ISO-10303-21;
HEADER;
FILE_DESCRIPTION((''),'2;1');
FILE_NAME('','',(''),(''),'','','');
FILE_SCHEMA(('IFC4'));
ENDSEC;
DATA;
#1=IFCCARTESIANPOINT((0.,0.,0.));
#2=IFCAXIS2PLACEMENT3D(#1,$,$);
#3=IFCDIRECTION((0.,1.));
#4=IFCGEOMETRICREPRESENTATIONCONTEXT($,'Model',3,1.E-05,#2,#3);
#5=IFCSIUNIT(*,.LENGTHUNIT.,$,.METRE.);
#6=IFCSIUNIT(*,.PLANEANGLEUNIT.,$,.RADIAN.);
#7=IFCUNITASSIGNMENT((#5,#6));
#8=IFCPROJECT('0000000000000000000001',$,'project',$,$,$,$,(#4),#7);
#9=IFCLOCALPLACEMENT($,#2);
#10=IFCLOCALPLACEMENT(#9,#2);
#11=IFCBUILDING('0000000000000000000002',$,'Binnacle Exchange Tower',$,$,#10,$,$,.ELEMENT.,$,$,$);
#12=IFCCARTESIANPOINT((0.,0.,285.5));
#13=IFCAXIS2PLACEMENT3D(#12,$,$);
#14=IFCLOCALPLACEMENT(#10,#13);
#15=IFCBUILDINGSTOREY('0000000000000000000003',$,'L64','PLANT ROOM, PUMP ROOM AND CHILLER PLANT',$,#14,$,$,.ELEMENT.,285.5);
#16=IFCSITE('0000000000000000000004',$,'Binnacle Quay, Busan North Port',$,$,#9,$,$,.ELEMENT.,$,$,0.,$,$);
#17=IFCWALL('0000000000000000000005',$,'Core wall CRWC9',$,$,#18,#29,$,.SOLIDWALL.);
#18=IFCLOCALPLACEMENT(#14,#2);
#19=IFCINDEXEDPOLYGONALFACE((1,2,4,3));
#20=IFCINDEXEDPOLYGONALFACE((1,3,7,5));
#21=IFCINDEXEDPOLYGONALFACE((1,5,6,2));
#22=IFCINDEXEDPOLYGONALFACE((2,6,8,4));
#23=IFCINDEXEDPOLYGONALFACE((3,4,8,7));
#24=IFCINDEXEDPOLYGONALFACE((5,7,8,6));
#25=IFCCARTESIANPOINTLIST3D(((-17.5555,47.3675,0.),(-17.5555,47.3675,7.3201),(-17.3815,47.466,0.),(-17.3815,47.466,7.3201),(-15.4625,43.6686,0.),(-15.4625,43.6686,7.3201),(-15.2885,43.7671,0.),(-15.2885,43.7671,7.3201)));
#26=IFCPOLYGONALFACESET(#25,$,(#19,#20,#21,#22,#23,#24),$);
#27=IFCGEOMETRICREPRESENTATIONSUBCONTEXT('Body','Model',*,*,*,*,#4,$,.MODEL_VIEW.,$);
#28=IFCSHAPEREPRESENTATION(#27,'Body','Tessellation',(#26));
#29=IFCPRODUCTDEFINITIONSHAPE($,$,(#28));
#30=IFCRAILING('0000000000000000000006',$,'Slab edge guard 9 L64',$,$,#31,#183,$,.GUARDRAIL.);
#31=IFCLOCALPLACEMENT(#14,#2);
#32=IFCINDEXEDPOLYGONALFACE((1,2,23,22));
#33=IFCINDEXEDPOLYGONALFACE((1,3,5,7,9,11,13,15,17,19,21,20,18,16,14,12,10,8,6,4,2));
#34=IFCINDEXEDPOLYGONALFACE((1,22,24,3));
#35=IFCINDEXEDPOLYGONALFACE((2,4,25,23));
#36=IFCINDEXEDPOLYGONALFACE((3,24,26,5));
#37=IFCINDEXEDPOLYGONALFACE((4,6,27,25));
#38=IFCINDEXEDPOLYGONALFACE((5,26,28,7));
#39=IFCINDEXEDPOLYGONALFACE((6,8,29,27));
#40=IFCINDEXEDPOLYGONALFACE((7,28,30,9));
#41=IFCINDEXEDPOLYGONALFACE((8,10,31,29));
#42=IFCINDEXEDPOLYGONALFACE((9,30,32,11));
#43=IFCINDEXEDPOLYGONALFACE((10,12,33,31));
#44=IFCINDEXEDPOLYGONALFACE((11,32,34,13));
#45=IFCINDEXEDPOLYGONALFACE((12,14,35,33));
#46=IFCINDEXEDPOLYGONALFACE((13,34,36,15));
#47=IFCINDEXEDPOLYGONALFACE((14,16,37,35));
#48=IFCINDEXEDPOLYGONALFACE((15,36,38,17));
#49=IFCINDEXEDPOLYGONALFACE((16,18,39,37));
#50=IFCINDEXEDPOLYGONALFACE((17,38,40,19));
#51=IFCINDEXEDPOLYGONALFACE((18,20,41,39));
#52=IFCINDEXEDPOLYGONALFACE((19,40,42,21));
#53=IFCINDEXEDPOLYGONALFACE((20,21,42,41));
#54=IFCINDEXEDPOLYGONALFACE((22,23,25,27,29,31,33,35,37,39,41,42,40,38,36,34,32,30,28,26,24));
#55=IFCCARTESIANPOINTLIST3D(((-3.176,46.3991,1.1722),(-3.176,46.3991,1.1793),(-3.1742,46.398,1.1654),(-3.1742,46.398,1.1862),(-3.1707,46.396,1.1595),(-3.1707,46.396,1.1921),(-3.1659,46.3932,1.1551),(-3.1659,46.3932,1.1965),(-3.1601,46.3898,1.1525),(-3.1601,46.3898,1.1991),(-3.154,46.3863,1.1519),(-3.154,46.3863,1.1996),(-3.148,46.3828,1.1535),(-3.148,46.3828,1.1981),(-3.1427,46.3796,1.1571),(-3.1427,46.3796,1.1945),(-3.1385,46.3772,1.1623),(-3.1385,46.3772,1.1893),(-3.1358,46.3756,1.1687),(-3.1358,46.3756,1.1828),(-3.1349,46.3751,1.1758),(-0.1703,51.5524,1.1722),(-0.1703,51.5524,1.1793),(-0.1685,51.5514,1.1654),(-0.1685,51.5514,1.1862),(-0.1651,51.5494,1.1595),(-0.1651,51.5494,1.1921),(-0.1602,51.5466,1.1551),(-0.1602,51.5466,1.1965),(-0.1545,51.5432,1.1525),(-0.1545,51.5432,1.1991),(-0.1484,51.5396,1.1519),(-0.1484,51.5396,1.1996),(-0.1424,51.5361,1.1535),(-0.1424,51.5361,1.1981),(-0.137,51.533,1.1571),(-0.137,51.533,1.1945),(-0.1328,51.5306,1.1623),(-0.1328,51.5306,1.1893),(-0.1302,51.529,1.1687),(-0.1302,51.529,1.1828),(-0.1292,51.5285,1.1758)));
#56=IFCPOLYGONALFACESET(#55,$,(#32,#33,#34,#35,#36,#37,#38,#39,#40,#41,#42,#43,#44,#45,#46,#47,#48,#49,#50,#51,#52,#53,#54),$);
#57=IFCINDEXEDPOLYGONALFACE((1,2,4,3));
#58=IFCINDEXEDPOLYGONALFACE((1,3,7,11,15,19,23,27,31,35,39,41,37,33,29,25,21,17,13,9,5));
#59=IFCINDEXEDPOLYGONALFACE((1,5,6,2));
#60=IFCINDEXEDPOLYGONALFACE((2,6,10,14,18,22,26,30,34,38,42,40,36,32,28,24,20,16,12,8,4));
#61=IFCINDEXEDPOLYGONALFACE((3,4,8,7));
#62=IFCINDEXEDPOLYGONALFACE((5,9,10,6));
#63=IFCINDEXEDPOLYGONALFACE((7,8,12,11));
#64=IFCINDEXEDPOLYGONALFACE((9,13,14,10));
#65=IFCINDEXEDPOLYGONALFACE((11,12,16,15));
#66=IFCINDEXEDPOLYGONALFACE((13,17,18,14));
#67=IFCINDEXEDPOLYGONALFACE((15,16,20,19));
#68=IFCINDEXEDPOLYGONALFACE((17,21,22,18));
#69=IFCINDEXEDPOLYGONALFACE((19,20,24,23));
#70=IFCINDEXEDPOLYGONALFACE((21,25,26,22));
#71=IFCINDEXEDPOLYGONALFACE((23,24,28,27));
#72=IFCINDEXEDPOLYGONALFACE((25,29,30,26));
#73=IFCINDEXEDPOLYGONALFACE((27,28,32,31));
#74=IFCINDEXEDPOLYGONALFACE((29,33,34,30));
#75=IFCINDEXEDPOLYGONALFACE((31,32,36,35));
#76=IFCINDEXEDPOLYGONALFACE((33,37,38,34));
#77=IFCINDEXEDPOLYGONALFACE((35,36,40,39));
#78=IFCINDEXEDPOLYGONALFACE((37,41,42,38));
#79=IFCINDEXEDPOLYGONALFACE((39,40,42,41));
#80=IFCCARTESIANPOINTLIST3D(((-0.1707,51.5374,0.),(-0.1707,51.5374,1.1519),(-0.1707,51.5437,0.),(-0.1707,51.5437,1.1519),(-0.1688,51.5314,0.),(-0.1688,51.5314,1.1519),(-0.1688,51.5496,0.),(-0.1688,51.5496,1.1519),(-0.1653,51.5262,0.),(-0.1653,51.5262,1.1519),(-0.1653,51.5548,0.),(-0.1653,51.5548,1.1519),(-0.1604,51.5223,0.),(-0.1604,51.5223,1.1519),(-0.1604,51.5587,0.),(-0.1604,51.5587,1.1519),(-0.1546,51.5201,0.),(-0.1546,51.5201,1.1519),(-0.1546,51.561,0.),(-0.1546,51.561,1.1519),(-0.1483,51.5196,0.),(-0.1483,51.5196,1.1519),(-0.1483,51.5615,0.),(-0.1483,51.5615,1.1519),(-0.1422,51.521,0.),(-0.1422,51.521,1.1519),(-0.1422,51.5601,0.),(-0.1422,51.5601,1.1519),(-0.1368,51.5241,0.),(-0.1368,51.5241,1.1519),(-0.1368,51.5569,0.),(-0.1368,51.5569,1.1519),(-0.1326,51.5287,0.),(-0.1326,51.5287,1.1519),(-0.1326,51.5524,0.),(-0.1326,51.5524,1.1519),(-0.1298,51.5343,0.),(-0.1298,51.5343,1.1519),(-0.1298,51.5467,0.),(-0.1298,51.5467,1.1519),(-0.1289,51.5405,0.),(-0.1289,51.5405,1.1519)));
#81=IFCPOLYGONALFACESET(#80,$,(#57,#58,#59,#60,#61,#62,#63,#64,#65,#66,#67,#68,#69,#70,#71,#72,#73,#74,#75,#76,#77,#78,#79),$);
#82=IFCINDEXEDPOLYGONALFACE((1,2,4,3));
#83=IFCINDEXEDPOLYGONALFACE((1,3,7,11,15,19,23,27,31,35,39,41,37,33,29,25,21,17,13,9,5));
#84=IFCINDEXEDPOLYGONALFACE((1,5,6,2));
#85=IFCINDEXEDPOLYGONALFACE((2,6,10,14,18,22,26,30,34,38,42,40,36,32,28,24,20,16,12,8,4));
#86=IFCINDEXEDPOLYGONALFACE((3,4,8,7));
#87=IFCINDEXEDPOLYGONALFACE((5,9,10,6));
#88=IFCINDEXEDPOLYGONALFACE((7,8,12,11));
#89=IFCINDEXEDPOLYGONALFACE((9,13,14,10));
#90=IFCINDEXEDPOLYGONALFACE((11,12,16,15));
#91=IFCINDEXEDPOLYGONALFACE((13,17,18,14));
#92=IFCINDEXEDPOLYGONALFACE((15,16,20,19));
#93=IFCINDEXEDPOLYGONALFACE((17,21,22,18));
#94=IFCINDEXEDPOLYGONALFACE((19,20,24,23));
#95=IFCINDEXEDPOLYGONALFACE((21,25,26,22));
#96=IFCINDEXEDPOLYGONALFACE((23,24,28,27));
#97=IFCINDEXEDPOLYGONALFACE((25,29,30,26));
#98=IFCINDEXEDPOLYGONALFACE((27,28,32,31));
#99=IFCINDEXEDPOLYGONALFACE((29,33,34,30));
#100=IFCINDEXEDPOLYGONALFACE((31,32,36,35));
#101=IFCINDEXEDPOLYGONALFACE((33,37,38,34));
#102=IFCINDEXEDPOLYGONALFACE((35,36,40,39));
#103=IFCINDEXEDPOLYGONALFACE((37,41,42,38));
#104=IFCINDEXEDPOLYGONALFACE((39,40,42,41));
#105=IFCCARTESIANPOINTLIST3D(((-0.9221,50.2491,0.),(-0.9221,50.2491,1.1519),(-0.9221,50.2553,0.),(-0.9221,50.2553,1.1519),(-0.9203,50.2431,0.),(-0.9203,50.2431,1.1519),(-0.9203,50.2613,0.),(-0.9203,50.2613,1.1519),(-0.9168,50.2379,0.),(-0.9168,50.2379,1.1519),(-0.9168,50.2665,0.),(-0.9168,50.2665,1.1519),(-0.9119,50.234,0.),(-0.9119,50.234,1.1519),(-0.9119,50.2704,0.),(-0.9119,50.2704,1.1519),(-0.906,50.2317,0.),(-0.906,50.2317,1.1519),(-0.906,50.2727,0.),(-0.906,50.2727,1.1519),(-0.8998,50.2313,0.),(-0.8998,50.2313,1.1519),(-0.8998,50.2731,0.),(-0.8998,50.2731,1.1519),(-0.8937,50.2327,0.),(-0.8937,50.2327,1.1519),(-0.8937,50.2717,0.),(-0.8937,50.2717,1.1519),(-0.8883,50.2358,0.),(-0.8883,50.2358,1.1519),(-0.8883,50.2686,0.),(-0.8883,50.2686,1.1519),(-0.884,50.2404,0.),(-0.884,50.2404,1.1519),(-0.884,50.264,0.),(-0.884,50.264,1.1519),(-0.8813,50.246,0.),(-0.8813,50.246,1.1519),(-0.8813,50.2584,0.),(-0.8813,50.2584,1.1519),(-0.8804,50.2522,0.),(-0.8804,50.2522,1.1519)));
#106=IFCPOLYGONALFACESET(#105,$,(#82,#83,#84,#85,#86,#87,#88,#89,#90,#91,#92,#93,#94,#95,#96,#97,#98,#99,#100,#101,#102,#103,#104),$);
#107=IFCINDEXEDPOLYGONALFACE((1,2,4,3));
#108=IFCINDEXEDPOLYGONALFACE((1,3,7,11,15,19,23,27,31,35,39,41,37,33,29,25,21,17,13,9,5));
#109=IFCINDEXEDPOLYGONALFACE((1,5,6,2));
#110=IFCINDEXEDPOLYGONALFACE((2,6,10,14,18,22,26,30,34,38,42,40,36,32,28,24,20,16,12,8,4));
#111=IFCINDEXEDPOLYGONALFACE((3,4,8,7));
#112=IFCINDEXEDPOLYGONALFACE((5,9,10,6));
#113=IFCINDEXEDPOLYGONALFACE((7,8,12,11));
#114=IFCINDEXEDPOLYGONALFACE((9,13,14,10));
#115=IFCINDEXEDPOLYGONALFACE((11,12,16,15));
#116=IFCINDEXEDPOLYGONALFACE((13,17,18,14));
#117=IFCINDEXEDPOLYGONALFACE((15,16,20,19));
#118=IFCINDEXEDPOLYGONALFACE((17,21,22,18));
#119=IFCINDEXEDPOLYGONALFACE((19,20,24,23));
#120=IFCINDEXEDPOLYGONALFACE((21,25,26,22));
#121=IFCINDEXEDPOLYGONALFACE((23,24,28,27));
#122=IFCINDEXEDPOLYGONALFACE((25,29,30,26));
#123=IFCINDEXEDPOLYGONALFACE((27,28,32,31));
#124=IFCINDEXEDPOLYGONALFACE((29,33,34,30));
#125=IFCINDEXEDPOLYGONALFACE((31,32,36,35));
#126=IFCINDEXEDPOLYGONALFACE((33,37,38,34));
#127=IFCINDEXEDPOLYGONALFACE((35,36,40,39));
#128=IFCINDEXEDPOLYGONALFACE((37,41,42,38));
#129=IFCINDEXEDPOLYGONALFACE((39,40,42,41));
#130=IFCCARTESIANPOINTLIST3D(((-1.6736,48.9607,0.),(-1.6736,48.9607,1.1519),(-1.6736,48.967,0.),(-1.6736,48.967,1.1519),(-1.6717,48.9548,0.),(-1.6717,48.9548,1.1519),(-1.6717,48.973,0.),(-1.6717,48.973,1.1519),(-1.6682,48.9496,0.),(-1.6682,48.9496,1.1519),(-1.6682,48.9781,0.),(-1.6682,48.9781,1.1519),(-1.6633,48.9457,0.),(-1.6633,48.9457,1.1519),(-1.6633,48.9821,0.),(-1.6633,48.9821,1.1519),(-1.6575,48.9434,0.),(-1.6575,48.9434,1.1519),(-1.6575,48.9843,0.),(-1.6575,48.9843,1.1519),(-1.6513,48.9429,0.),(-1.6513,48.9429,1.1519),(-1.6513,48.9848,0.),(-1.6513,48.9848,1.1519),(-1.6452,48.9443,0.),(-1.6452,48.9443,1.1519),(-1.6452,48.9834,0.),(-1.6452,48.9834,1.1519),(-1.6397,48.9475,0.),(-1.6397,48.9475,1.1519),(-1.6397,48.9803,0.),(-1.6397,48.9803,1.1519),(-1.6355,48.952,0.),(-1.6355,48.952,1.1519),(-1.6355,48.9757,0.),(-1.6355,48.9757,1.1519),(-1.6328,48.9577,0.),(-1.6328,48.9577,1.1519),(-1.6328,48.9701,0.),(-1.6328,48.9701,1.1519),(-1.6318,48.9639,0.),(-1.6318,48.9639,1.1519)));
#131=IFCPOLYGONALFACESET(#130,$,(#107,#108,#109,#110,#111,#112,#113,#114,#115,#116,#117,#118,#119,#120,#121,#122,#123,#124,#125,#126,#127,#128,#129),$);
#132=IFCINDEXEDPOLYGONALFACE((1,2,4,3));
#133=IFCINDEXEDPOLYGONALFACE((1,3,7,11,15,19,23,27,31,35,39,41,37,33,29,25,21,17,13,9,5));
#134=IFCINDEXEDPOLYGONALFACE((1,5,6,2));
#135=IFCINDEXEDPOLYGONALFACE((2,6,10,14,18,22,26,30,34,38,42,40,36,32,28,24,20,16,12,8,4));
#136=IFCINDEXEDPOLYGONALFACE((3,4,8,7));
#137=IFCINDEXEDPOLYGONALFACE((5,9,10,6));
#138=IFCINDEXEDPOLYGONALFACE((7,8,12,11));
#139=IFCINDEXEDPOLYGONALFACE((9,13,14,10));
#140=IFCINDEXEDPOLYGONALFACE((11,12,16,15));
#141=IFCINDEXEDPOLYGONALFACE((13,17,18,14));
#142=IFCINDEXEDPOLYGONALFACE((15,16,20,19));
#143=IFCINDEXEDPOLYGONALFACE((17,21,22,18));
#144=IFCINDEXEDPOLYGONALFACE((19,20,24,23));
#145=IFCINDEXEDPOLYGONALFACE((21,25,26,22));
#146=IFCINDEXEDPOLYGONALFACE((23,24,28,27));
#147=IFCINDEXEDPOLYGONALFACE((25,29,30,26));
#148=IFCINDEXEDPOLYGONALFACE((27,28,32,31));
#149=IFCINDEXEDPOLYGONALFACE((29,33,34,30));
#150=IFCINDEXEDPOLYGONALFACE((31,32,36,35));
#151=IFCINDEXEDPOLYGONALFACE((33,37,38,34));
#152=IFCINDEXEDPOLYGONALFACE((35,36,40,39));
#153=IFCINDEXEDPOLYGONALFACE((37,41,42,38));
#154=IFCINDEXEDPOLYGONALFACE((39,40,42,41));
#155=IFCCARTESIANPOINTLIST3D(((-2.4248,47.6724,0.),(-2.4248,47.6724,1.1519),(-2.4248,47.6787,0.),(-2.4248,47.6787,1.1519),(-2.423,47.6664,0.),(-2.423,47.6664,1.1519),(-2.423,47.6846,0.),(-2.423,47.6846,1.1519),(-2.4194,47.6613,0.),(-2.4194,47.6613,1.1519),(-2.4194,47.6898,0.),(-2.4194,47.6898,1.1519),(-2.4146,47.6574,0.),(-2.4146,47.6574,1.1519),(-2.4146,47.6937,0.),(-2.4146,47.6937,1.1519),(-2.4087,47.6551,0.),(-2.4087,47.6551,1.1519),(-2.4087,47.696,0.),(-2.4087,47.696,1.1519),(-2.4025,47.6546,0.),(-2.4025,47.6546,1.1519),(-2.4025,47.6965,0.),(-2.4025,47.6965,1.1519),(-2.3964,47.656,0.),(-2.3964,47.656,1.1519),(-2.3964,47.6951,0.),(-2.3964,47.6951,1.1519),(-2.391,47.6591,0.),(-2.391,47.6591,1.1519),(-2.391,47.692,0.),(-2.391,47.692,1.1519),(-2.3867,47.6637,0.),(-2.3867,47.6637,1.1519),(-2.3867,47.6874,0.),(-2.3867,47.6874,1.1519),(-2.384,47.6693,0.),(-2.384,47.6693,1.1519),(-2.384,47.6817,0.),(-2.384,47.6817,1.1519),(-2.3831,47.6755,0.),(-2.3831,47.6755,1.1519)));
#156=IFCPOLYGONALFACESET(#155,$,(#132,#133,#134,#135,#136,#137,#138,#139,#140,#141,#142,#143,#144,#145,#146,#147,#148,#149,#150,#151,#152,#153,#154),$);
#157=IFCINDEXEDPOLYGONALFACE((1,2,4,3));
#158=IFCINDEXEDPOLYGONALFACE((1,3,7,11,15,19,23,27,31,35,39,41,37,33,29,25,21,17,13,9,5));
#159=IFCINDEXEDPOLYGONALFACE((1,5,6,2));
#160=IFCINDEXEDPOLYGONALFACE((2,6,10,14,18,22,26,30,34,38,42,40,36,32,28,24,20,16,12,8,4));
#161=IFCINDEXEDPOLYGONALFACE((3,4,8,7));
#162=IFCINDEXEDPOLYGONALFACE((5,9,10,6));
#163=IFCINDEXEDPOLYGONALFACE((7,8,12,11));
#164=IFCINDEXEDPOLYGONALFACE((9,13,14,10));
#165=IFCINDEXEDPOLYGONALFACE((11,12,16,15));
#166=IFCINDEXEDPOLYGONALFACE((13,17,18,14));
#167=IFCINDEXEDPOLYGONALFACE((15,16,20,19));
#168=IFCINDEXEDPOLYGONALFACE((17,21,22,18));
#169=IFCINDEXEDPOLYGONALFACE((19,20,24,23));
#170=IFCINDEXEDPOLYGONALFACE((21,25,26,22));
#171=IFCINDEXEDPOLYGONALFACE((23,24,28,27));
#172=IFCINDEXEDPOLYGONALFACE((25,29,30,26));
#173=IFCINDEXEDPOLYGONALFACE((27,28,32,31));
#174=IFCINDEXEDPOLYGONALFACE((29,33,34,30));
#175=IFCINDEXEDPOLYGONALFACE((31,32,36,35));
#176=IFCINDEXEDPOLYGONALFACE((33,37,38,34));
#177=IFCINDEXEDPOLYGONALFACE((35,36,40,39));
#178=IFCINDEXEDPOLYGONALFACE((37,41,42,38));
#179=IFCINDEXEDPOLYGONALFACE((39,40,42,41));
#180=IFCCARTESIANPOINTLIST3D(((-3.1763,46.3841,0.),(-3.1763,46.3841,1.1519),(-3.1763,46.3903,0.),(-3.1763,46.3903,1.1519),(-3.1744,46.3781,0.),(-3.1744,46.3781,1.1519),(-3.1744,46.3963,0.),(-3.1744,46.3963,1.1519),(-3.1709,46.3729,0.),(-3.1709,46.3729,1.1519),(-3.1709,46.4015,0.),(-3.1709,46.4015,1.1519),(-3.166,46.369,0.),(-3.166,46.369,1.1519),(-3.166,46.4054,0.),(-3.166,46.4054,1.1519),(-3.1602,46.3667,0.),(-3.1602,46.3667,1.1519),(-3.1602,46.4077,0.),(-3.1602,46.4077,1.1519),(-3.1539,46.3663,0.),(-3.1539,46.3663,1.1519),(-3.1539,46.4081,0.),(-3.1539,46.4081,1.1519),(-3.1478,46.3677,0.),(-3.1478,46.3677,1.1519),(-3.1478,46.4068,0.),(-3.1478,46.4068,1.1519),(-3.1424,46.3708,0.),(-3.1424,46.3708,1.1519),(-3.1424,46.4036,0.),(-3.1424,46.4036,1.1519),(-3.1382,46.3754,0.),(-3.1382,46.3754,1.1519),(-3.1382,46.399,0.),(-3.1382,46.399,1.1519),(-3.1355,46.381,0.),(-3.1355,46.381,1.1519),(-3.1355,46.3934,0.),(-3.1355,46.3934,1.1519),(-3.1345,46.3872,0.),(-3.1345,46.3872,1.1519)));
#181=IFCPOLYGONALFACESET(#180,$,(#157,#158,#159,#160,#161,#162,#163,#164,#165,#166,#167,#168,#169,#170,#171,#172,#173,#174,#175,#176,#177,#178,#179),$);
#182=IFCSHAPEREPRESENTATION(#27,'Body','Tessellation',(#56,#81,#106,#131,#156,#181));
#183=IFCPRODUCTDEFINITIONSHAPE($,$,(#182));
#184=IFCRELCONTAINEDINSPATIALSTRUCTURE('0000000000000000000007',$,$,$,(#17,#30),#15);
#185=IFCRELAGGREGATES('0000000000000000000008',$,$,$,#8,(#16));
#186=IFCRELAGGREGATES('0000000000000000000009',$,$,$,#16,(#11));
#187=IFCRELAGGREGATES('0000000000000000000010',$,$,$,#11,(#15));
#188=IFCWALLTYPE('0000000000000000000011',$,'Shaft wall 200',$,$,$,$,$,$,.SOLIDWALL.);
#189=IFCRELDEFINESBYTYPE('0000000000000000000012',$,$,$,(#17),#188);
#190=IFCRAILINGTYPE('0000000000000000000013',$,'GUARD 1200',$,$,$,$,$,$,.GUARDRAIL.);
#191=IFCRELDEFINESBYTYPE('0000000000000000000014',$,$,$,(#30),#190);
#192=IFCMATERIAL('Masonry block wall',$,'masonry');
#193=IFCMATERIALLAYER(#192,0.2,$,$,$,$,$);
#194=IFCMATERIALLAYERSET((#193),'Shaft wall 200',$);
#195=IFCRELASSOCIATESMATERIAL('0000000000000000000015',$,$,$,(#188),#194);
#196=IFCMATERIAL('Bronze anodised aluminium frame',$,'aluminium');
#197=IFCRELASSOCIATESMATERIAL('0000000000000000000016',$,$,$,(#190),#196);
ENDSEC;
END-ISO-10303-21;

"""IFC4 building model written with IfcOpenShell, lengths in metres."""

from ifc_helpers import new_model, si_unit, direction, frame, frame_2d, origin, origin_2d, place, context, subcontext, project, spatial, rectangle, circle, extrude, material, layer, layer_set, type_object, element, save


model = new_model("IFC4")

# Units and contexts
model_context = context("Model", 3, precision=1e-05, world=origin(), true_north=direction((0.0, 1.0)))
body_context = subcontext(model_context, "Body", "Model", "MODEL_VIEW")
ifc_project = project(units=[si_unit("LENGTHUNIT", "METRE"), si_unit("PLANEANGLEUNIT", "RADIAN")], contexts=[model_context])

# Site, building, storey
site_placement = place(None, origin())
site = spatial("IfcSite", under=ifc_project, at=site_placement, Name="Binnacle Quay, Busan North Port", CompositionType="ELEMENT", RefElevation=0.0)
building_placement = place(site_placement, origin())
building = spatial("IfcBuilding", under=site, at=building_placement, Name="Binnacle Exchange Tower", CompositionType="ELEMENT")
storey_placement = place(building_placement, frame((0.0, 0.0, 285.5)))
storey = spatial("IfcBuildingStorey", under=building, at=storey_placement, Name="L64", Description="PLANT ROOM, PUMP ROOM AND CHILLER PLANT", CompositionType="ELEMENT", Elevation=285.5)

# Wall
ifc_material_1 = material(Name="Masonry block wall", Category="masonry")
ifc_layer_1 = layer(ifc_material_1, 0.2)
ifc_layer_set_1 = layer_set([ifc_layer_1], Name="Shaft wall 200")
wall_type_1 = type_object("IfcWallType", Name="Shaft wall 200", PredefinedType="SOLIDWALL", material=ifc_layer_set_1)
wall_1_placement = place(storey_placement, frame((-17.4685, 47.4167, 0.0), z_axis=(0.0, 0.0, 1.0), x_axis=(0.492466, -0.870332, 0.0)))
element("IfcWall", 1, at=wall_1_placement, inside=storey, type_object=wall_type_1, Name="Core wall CRWC9", PredefinedType="SOLIDWALL", context=body_context, shape_type="SweptSolid", body=[
    extrude(rectangle(XDim=4.25, YDim=0.2, at=frame_2d((2.125, 0.0))), origin(), (0.0, 0.0, 1.0), 7.3201),
])

# Railing
ifc_material_2 = material(Name="Bronze anodised aluminium frame", Category="aluminium")
railing_type = type_object("IfcRailingType", Name="GUARD 1200", PredefinedType="GUARDRAIL", material=ifc_material_2)
railing_1_placement = place(storey_placement, frame((-0.1499, 51.5405, 0.0)))
element("IfcRailing", 2, at=railing_1_placement, inside=storey, type_object=railing_type, Name="Slab edge guard 9 L64", PredefinedType="GUARDRAIL", context=body_context, shape_type="SweptSolid", body=[
    extrude(circle(Radius=0.0239, at=origin_2d()), frame((0.0, 0.0, 1.1758), z_axis=(-0.50381, -0.863815, 0.0), x_axis=(0.863815, -0.50381, 0.0)), (0.0, 0.0, 1.0), 5.9658),
    extrude(circle(Radius=0.021, at=origin_2d()), origin(), (0.0, 0.0, 1.0), 1.1519),
    extrude(circle(Radius=0.021, at=origin_2d()), frame((-0.7515, -1.2883, 0.0)), (0.0, 0.0, 1.0), 1.1519),
    extrude(circle(Radius=0.021, at=origin_2d()), frame((-1.5029, -2.5767, 0.0)), (0.0, 0.0, 1.0), 1.1519),
    extrude(circle(Radius=0.021, at=origin_2d()), frame((-2.2542, -3.865, 0.0)), (0.0, 0.0, 1.0), 1.1519),
    extrude(circle(Radius=0.021, at=origin_2d()), frame((-3.0056, -5.1533, 0.0)), (0.0, 0.0, 1.0), 1.1519),
])

save(model, "model.ifc")
